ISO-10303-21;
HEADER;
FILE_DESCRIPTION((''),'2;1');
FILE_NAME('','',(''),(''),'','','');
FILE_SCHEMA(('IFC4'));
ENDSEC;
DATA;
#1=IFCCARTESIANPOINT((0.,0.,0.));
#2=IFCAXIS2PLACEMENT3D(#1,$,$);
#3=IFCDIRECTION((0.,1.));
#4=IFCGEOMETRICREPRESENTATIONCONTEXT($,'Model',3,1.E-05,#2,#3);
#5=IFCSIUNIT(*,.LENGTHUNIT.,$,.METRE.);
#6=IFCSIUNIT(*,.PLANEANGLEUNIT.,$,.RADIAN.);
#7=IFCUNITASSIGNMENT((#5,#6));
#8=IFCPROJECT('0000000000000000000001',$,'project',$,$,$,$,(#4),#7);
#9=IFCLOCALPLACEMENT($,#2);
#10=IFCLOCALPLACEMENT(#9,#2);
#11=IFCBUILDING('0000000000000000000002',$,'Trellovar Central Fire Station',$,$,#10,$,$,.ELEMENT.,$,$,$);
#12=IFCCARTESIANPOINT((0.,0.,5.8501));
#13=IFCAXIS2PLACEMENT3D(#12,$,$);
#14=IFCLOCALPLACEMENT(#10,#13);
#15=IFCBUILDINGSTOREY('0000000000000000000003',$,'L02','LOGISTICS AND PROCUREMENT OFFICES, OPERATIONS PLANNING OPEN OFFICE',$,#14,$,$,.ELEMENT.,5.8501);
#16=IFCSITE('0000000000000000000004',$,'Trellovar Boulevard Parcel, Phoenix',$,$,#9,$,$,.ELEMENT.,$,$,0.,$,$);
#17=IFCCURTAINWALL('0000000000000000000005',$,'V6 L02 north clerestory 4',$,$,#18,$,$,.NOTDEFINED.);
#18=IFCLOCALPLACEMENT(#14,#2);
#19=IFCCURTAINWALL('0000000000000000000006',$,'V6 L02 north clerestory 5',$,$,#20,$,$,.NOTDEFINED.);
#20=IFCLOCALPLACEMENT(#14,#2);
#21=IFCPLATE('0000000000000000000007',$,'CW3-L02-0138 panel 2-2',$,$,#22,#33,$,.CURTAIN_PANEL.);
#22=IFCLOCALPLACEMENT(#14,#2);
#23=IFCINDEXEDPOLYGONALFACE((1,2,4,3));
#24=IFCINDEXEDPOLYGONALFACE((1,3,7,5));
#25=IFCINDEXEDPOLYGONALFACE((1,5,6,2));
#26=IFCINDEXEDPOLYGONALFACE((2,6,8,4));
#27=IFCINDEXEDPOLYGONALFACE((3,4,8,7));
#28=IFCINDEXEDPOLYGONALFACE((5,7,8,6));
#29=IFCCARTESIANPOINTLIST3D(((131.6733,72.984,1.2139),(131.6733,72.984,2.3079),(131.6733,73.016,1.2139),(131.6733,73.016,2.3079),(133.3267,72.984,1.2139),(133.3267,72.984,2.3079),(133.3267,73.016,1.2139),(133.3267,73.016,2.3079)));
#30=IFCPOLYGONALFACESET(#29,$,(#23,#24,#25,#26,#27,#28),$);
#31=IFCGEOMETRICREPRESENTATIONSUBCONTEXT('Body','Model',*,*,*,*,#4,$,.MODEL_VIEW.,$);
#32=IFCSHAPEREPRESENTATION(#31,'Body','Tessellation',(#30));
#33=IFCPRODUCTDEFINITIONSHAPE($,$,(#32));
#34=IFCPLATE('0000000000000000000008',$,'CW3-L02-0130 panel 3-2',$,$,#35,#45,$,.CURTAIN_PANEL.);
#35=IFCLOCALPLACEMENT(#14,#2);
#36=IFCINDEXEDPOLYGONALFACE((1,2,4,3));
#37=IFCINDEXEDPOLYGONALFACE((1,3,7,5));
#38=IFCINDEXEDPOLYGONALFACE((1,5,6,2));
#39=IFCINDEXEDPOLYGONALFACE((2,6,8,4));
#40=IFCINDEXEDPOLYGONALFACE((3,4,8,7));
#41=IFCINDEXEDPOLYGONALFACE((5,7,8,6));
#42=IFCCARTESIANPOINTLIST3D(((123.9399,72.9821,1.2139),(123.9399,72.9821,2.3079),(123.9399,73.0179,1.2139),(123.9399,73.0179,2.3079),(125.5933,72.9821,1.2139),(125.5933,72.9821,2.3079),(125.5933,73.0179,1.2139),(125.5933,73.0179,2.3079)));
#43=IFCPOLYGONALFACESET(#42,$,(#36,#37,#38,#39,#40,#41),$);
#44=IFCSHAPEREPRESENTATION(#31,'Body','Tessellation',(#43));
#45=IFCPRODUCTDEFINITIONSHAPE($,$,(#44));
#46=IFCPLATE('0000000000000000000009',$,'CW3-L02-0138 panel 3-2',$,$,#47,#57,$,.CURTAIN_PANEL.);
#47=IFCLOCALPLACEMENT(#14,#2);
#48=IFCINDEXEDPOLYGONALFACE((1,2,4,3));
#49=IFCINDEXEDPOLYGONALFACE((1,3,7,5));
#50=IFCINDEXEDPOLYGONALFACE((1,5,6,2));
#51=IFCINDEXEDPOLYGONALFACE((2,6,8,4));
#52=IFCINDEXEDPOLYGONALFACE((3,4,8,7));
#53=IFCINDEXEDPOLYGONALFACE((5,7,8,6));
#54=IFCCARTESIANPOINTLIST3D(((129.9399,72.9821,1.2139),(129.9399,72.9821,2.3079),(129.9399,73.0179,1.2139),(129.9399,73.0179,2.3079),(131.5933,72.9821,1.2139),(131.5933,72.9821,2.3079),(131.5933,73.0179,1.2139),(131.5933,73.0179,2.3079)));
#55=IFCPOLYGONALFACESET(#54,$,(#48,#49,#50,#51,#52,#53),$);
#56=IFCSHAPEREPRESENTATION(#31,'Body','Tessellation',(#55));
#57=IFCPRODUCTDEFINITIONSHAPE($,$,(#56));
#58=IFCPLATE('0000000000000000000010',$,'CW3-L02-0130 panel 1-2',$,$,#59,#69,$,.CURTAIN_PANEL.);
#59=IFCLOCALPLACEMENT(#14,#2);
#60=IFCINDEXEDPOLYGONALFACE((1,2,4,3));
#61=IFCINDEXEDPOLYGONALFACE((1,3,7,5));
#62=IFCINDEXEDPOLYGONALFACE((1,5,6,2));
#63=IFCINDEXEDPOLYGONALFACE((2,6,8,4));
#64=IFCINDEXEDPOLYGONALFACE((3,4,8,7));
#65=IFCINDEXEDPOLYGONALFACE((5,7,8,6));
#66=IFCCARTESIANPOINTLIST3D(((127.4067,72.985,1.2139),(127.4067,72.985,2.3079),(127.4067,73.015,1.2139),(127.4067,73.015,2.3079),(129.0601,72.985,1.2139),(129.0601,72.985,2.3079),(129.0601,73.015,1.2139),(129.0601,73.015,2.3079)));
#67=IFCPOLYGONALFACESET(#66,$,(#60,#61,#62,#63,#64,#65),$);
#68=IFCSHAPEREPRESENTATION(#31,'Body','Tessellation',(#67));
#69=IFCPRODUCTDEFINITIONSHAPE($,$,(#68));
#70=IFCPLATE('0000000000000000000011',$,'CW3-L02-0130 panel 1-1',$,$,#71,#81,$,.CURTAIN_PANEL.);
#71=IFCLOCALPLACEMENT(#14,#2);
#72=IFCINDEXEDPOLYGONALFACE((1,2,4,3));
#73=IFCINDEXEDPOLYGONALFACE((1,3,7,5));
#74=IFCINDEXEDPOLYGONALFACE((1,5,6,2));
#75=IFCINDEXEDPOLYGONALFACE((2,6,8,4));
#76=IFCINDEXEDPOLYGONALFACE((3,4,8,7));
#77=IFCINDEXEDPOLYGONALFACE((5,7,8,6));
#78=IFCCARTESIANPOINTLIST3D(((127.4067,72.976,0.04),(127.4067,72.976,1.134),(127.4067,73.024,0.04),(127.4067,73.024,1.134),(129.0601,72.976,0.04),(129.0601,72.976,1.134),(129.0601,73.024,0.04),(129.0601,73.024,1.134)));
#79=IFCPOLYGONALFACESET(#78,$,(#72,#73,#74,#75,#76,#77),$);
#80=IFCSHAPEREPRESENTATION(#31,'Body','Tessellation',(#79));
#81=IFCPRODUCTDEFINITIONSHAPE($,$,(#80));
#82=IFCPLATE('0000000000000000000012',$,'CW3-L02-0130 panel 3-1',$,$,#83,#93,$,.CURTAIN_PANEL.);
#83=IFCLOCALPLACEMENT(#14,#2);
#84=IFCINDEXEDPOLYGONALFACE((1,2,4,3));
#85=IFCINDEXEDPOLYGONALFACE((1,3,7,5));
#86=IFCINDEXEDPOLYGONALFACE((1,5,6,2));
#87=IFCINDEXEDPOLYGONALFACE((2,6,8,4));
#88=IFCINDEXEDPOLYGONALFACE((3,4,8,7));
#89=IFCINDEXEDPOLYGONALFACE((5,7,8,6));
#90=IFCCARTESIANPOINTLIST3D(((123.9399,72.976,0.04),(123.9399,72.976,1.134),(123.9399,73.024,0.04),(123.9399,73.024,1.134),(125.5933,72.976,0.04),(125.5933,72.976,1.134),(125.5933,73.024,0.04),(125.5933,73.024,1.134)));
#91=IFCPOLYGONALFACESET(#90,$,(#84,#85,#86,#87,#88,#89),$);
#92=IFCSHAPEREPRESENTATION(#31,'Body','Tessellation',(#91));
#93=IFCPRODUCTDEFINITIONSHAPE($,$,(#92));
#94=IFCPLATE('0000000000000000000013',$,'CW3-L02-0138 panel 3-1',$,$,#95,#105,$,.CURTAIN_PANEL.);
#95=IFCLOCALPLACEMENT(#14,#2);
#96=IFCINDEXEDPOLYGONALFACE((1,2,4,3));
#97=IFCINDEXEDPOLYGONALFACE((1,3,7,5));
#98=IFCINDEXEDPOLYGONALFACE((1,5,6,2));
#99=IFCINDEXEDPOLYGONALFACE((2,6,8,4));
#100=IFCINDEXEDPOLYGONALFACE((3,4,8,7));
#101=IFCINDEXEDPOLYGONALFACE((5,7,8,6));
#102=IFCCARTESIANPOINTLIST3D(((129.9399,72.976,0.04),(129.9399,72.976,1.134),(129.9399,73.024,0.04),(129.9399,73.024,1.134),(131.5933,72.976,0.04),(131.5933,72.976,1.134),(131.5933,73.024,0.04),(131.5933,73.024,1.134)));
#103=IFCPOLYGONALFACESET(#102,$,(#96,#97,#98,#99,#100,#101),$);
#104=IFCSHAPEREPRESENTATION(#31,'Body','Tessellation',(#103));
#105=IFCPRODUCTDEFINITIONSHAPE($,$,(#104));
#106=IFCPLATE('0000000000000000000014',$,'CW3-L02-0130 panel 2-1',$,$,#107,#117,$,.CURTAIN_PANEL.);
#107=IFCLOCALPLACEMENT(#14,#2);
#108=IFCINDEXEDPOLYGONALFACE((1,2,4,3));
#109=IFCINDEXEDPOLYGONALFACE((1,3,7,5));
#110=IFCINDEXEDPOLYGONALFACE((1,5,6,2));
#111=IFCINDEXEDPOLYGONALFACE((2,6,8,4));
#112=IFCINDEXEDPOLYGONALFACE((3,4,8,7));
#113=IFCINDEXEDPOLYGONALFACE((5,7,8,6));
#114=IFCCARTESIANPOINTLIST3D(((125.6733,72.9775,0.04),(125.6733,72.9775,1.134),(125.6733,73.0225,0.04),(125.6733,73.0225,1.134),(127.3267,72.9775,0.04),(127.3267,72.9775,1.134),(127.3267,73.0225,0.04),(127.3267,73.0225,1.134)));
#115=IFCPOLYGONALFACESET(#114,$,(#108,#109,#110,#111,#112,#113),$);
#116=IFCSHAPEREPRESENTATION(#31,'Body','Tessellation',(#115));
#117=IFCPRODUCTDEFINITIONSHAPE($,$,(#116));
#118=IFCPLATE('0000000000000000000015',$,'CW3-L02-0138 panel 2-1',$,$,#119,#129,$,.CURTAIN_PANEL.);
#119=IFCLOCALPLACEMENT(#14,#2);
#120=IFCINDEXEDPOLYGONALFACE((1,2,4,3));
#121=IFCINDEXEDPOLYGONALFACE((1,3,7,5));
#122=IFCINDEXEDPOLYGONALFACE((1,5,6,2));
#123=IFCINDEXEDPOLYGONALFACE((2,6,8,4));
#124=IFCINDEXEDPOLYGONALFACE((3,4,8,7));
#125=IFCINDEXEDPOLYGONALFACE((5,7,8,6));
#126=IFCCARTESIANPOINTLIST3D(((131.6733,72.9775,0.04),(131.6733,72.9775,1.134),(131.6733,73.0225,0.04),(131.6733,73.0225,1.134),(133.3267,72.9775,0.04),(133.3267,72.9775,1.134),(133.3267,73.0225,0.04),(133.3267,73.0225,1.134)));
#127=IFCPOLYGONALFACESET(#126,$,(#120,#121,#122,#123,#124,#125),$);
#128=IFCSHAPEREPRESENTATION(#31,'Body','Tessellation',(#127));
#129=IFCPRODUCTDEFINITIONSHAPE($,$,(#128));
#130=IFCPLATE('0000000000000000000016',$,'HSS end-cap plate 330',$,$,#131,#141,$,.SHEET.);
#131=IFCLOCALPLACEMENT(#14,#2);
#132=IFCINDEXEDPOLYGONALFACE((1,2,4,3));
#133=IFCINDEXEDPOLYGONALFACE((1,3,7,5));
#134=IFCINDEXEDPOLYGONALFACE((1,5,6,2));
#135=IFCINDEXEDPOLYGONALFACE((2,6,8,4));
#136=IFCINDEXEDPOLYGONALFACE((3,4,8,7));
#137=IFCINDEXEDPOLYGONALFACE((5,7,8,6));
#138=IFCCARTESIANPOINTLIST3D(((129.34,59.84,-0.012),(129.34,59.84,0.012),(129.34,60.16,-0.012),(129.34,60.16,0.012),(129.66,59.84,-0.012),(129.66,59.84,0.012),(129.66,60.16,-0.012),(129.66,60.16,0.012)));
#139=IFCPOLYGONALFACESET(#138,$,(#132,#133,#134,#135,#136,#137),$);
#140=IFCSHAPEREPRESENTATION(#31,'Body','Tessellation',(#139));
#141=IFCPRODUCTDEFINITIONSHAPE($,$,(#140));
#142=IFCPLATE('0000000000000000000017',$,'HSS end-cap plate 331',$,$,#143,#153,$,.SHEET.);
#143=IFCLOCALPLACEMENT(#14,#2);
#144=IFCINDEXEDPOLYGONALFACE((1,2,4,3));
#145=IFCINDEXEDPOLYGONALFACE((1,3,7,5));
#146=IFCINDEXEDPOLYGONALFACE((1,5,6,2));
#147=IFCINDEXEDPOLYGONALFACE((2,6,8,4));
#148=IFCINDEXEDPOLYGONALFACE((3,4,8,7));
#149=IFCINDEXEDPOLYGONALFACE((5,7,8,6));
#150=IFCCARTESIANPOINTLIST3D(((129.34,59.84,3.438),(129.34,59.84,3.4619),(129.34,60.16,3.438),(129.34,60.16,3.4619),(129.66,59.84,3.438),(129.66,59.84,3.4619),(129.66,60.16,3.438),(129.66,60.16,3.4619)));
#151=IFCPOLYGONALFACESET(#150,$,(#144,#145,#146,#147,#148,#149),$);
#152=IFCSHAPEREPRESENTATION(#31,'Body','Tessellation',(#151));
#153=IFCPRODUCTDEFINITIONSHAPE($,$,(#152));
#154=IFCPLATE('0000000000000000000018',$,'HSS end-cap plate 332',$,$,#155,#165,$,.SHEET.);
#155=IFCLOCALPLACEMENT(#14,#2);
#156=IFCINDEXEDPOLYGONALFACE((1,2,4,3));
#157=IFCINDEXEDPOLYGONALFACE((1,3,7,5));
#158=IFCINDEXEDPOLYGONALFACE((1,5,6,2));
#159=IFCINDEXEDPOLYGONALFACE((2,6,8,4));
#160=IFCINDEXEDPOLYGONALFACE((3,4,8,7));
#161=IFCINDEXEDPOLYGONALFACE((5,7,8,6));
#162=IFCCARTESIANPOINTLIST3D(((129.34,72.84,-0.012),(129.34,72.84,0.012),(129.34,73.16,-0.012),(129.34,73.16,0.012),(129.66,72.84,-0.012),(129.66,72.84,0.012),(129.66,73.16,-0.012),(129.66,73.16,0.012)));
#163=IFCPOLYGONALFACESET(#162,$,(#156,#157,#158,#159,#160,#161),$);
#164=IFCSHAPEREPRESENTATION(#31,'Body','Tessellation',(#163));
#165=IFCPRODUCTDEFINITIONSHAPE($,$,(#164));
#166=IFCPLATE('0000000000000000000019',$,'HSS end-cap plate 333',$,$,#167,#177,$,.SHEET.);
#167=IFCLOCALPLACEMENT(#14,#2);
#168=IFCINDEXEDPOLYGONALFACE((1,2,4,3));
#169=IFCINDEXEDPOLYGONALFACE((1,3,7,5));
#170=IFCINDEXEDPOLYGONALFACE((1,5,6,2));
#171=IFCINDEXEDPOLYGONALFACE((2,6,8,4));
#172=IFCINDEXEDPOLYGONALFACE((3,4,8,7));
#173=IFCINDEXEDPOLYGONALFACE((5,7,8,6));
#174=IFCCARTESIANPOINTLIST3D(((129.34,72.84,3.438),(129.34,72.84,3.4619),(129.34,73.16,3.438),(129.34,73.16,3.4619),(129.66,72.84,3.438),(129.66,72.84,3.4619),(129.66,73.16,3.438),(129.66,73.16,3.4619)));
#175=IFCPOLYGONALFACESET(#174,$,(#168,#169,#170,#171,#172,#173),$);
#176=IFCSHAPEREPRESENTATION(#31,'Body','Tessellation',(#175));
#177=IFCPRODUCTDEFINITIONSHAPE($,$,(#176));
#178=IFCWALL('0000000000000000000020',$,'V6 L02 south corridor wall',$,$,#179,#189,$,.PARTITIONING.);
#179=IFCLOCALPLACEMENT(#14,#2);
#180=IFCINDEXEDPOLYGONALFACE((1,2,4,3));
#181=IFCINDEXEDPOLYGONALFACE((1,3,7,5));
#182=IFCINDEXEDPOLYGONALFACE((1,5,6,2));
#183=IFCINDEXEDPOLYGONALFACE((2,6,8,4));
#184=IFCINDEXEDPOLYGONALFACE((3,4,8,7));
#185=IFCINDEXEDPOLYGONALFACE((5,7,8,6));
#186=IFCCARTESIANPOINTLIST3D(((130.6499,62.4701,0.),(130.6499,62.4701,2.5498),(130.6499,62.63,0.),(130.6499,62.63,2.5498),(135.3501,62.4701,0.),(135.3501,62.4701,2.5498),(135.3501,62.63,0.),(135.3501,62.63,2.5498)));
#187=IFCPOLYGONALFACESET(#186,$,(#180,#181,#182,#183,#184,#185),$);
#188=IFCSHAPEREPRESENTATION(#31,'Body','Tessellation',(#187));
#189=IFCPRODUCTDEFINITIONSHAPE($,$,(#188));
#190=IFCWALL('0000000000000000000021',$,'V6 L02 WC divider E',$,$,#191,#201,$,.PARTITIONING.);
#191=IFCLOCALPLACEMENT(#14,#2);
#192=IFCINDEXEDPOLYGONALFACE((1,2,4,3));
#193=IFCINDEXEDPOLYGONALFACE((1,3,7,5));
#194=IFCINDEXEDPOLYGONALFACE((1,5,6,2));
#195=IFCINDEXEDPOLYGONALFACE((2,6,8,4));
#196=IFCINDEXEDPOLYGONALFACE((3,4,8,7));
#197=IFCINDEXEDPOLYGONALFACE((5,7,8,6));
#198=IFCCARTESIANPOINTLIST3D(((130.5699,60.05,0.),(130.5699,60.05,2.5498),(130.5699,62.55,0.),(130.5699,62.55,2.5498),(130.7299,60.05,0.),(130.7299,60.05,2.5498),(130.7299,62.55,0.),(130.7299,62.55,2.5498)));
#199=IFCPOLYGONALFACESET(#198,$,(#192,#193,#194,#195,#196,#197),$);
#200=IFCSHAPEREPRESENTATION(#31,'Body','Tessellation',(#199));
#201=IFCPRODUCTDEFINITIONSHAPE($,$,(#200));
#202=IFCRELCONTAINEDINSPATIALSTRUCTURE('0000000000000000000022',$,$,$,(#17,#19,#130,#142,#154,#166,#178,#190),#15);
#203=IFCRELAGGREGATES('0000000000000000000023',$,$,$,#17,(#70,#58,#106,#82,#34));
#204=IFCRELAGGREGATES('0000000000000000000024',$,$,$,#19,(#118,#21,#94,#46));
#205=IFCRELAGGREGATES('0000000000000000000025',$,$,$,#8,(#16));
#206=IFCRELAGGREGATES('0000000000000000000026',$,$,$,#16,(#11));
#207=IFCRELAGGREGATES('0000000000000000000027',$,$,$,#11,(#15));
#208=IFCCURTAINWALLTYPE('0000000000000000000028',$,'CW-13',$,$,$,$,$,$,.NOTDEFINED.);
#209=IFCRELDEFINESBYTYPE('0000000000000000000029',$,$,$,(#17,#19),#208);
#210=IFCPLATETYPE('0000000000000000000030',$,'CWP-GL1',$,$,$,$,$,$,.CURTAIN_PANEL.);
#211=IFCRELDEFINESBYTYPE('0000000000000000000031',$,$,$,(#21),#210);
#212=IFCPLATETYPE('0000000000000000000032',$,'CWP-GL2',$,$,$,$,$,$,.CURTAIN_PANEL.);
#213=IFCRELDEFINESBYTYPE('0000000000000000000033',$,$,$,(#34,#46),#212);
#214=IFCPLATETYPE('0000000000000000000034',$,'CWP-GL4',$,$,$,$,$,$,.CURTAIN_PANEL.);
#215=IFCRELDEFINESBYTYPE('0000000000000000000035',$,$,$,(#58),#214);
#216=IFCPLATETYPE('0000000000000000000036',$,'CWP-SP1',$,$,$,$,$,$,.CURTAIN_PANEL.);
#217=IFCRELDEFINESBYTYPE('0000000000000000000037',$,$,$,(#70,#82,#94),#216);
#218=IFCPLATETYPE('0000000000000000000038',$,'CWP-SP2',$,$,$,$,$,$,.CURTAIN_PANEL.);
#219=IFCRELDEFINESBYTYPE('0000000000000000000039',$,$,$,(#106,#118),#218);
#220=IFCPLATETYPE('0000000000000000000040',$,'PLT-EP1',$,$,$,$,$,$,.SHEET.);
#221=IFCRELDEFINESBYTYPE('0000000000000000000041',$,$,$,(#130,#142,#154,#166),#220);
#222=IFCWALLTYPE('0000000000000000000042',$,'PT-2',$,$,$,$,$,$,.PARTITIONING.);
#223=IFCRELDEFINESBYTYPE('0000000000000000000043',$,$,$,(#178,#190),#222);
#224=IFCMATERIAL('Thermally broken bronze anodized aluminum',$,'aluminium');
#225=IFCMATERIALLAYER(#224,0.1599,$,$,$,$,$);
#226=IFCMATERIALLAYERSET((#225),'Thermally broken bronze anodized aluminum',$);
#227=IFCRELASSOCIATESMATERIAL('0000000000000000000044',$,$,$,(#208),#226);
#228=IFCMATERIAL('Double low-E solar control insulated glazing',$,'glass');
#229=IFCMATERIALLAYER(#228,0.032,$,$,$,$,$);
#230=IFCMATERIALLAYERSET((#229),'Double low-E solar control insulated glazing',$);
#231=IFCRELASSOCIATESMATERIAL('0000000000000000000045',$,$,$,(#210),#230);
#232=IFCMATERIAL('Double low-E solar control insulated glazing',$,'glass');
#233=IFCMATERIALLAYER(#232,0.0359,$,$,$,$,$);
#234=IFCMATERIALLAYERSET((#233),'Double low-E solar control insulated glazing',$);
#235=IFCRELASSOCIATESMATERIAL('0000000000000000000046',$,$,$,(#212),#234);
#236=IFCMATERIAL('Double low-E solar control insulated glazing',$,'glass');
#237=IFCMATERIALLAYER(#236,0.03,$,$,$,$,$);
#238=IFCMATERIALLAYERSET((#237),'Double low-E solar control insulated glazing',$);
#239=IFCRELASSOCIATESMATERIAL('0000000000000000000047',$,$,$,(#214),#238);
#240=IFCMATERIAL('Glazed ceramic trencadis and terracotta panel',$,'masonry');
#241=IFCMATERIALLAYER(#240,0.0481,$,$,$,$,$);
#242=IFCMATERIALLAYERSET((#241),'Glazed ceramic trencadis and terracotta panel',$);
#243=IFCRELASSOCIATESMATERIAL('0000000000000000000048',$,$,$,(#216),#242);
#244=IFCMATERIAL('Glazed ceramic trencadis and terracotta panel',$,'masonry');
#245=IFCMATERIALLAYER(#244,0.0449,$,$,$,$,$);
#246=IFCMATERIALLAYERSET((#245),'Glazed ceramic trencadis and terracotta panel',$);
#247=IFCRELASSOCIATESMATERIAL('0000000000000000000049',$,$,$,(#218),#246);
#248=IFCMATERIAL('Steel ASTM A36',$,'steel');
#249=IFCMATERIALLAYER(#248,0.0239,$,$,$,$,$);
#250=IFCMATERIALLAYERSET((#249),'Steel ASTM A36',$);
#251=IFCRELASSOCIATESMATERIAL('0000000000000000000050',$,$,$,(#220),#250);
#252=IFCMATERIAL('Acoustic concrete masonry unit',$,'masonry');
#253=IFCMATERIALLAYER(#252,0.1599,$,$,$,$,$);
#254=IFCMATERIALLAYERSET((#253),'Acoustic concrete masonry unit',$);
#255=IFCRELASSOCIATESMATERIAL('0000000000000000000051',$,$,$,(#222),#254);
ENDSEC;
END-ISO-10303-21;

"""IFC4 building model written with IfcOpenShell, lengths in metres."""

from ifc_helpers import new_model, si_unit, direction, frame, frame_2d, origin, origin_2d, place, context, subcontext, project, spatial, rectangle, extrude, material, layer, layer_set, type_object, element, aggregate, save


model = new_model("IFC4")

# Units and contexts
model_context = context("Model", 3, precision=1e-05, world=origin(), true_north=direction((0.0, 1.0)))
body_context = subcontext(model_context, "Body", "Model", "MODEL_VIEW")
ifc_project = project(units=[si_unit("LENGTHUNIT", "METRE"), si_unit("PLANEANGLEUNIT", "RADIAN")], contexts=[model_context])

# Site, building, storey
site_placement = place(None, origin())
site = spatial("IfcSite", under=ifc_project, at=site_placement, Name="Trellovar Boulevard Parcel, Phoenix", CompositionType="ELEMENT", RefElevation=0.0)
building_placement = place(site_placement, origin())
building = spatial("IfcBuilding", under=site, at=building_placement, Name="Trellovar Central Fire Station", CompositionType="ELEMENT")
storey_placement = place(building_placement, frame((0.0, 0.0, 5.8501)))
storey = spatial("IfcBuildingStorey", under=building, at=storey_placement, Name="L02", Description="LOGISTICS AND PROCUREMENT OFFICES, OPERATIONS PLANNING OPEN OFFICE", CompositionType="ELEMENT", Elevation=5.8501)

# Curtain walls
ifc_material_1 = material(Name="Thermally broken bronze anodized aluminum", Category="aluminium")
ifc_layer_1 = layer(ifc_material_1, 0.1599)
ifc_layer_set_1 = layer_set([ifc_layer_1], Name="Thermally broken bronze anodized aluminum")
curtain_wall_type = type_object("IfcCurtainWallType", Name="CW-13", PredefinedType="NOTDEFINED", material=ifc_layer_set_1)
curtain_wall_1_placement = place(storey_placement, origin())
curtain_wall_1 = element("IfcCurtainWall", 1, at=curtain_wall_1_placement, inside=storey, type_object=curtain_wall_type, Name="V6 L02 north clerestory 4", PredefinedType="NOTDEFINED")
curtain_wall_2_placement = place(storey_placement, origin())
curtain_wall_2 = element("IfcCurtainWall", 2, at=curtain_wall_2_placement, inside=storey, type_object=curtain_wall_type, Name="V6 L02 north clerestory 5", PredefinedType="NOTDEFINED")

# Plates
ifc_material_2 = material(Name="Double low-E solar control insulated glazing", Category="glass")
ifc_layer_2 = layer(ifc_material_2, 0.032)
ifc_layer_set_2 = layer_set([ifc_layer_2], Name="Double low-E solar control insulated glazing")
plate_type_1 = type_object("IfcPlateType", Name="CWP-GL1", PredefinedType="CURTAIN_PANEL", material=ifc_layer_set_2)
plate_1_placement = place(storey_placement, frame((132.5, 73.0, 1.2139), z_axis=(0.0, 0.0, 1.0), x_axis=(-1.0, 0.0, 0.0)))
plate_1 = element("IfcPlate", 3, at=plate_1_placement, type_object=plate_type_1, Name="CW3-L02-0138 panel 2-2", PredefinedType="CURTAIN_PANEL", context=body_context, shape_type="SweptSolid", body=[
    extrude(rectangle(XDim=1.6533, YDim=0.032, at=origin_2d()), origin(), (0.0, 0.0, 1.0), 1.094),
])
ifc_material_3 = material(Name="Double low-E solar control insulated glazing", Category="glass")
ifc_layer_3 = layer(ifc_material_3, 0.0359)
ifc_layer_set_3 = layer_set([ifc_layer_3], Name="Double low-E solar control insulated glazing")
plate_type_2 = type_object("IfcPlateType", Name="CWP-GL2", PredefinedType="CURTAIN_PANEL", material=ifc_layer_set_3)
plate_2_placement = place(storey_placement, frame((124.7666, 73.0, 1.2139), z_axis=(0.0, 0.0, 1.0), x_axis=(-1.0, 0.0, 0.0)))
plate_2 = element("IfcPlate", 4, at=plate_2_placement, type_object=plate_type_2, Name="CW3-L02-0130 panel 3-2", PredefinedType="CURTAIN_PANEL", context=body_context, shape_type="SweptSolid", body=[
    extrude(rectangle(XDim=1.6533, YDim=0.0359, at=origin_2d()), origin(), (0.0, 0.0, 1.0), 1.094),
])
plate_3_placement = place(storey_placement, frame((130.7666, 73.0, 1.2139), z_axis=(0.0, 0.0, 1.0), x_axis=(-1.0, 0.0, 0.0)))
plate_3 = element("IfcPlate", 5, at=plate_3_placement, type_object=plate_type_2, Name="CW3-L02-0138 panel 3-2", PredefinedType="CURTAIN_PANEL", context=body_context, shape_type="SweptSolid", body=[
    extrude(rectangle(XDim=1.6533, YDim=0.0359, at=origin_2d()), origin(), (0.0, 0.0, 1.0), 1.094),
])
ifc_material_4 = material(Name="Double low-E solar control insulated glazing", Category="glass")
ifc_layer_4 = layer(ifc_material_4, 0.03)
ifc_layer_set_4 = layer_set([ifc_layer_4], Name="Double low-E solar control insulated glazing")
plate_type_3 = type_object("IfcPlateType", Name="CWP-GL4", PredefinedType="CURTAIN_PANEL", material=ifc_layer_set_4)
plate_4_placement = place(storey_placement, frame((128.2334, 73.0, 1.2139), z_axis=(0.0, 0.0, 1.0), x_axis=(-1.0, 0.0, 0.0)))
plate_4 = element("IfcPlate", 6, at=plate_4_placement, type_object=plate_type_3, Name="CW3-L02-0130 panel 1-2", PredefinedType="CURTAIN_PANEL", context=body_context, shape_type="SweptSolid", body=[
    extrude(rectangle(XDim=1.6533, YDim=0.03, at=origin_2d()), origin(), (0.0, 0.0, 1.0), 1.094),
])
ifc_material_5 = material(Name="Glazed ceramic trencadis and terracotta panel", Category="masonry")
ifc_layer_5 = layer(ifc_material_5, 0.0481)
ifc_layer_set_5 = layer_set([ifc_layer_5], Name="Glazed ceramic trencadis and terracotta panel")
plate_type_4 = type_object("IfcPlateType", Name="CWP-SP1", PredefinedType="CURTAIN_PANEL", material=ifc_layer_set_5)
plate_5_placement = place(storey_placement, frame((128.2334, 73.0, 0.04), z_axis=(0.0, 0.0, 1.0), x_axis=(-1.0, 0.0, 0.0)))
plate_5 = element("IfcPlate", 7, at=plate_5_placement, type_object=plate_type_4, Name="CW3-L02-0130 panel 1-1", PredefinedType="CURTAIN_PANEL", context=body_context, shape_type="SweptSolid", body=[
    extrude(rectangle(XDim=1.6533, YDim=0.0481, at=origin_2d()), origin(), (0.0, 0.0, 1.0), 1.094),
])
plate_6_placement = place(storey_placement, frame((124.7666, 73.0, 0.04), z_axis=(0.0, 0.0, 1.0), x_axis=(-1.0, 0.0, 0.0)))
plate_6 = element("IfcPlate", 8, at=plate_6_placement, type_object=plate_type_4, Name="CW3-L02-0130 panel 3-1", PredefinedType="CURTAIN_PANEL", context=body_context, shape_type="SweptSolid", body=[
    extrude(rectangle(XDim=1.6533, YDim=0.0481, at=origin_2d()), origin(), (0.0, 0.0, 1.0), 1.094),
])
plate_7_placement = place(storey_placement, frame((130.7666, 73.0, 0.04), z_axis=(0.0, 0.0, 1.0), x_axis=(-1.0, 0.0, 0.0)))
plate_7 = element("IfcPlate", 9, at=plate_7_placement, type_object=plate_type_4, Name="CW3-L02-0138 panel 3-1", PredefinedType="CURTAIN_PANEL", context=body_context, shape_type="SweptSolid", body=[
    extrude(rectangle(XDim=1.6533, YDim=0.0481, at=origin_2d()), origin(), (0.0, 0.0, 1.0), 1.094),
])
ifc_material_6 = material(Name="Glazed ceramic trencadis and terracotta panel", Category="masonry")
ifc_layer_6 = layer(ifc_material_6, 0.0449)
ifc_layer_set_6 = layer_set([ifc_layer_6], Name="Glazed ceramic trencadis and terracotta panel")
plate_type_5 = type_object("IfcPlateType", Name="CWP-SP2", PredefinedType="CURTAIN_PANEL", material=ifc_layer_set_6)
plate_8_placement = place(storey_placement, frame((126.5, 73.0, 0.04), z_axis=(0.0, 0.0, 1.0), x_axis=(-1.0, 0.0, 0.0)))
plate_8 = element("IfcPlate", 10, at=plate_8_placement, type_object=plate_type_5, Name="CW3-L02-0130 panel 2-1", PredefinedType="CURTAIN_PANEL", context=body_context, shape_type="SweptSolid", body=[
    extrude(rectangle(XDim=1.6533, YDim=0.0449, at=origin_2d()), origin(), (0.0, 0.0, 1.0), 1.094),
])
aggregate(curtain_wall_1, [plate_5, plate_4, plate_8, plate_6, plate_2])
plate_9_placement = place(storey_placement, frame((132.5, 73.0, 0.04), z_axis=(0.0, 0.0, 1.0), x_axis=(-1.0, 0.0, 0.0)))
plate_9 = element("IfcPlate", 11, at=plate_9_placement, type_object=plate_type_5, Name="CW3-L02-0138 panel 2-1", PredefinedType="CURTAIN_PANEL", context=body_context, shape_type="SweptSolid", body=[
    extrude(rectangle(XDim=1.6533, YDim=0.0449, at=origin_2d()), origin(), (0.0, 0.0, 1.0), 1.094),
])
aggregate(curtain_wall_2, [plate_9, plate_1, plate_7, plate_3])

# Plates
ifc_material_7 = material(Name="Steel ASTM A36", Category="steel")
ifc_layer_7 = layer(ifc_material_7, 0.0239)
ifc_layer_set_7 = layer_set([ifc_layer_7], Name="Steel ASTM A36")
plate_type_6 = type_object("IfcPlateType", Name="PLT-EP1", PredefinedType="SHEET", material=ifc_layer_set_7)
for number, where, z_axis, x_axis, name in (
    (12, (129.5, 60.0, -0.012), (0.0, 0.0, 1.0), (1.0, 0.0, 0.0), "HSS end-cap plate 330"),
    (13, (129.5, 60.0, 3.438), (0.0, 0.0, 1.0), (1.0, 0.0, 0.0), "HSS end-cap plate 331"),
    (14, (129.5, 73.0, -0.012), (0.0, 0.0, 1.0), (1.0, 0.0, 0.0), "HSS end-cap plate 332"),
    (15, (129.5, 73.0, 3.438), (0.0, 0.0, 1.0), (1.0, 0.0, 0.0), "HSS end-cap plate 333"),
):
    element("IfcPlate", number, at=place(storey_placement, frame(where, z_axis=z_axis, x_axis=x_axis)), inside=storey, type_object=plate_type_6, Name=name, PredefinedType="SHEET", context=body_context, shape_type="SweptSolid", body=[
        extrude(rectangle(XDim=0.3201, YDim=0.3201, at=origin_2d()), origin(), (0.0, 0.0, 1.0), 0.0239),
    ])

# Walls
ifc_material_8 = material(Name="Acoustic concrete masonry unit", Category="masonry")
ifc_layer_8 = layer(ifc_material_8, 0.1599)
ifc_layer_set_8 = layer_set([ifc_layer_8], Name="Acoustic concrete masonry unit")
wall_type_1 = type_object("IfcWallType", Name="PT-2", PredefinedType="PARTITIONING", material=ifc_layer_set_8)
wall_1_placement = place(storey_placement, frame((130.6499, 62.55, 0.0), z_axis=(0.0, 0.0, 1.0), x_axis=(1.0, 0.0, 0.0)))
element("IfcWall", 16, at=wall_1_placement, inside=storey, type_object=wall_type_1, Name="V6 L02 south corridor wall", PredefinedType="PARTITIONING", context=body_context, shape_type="SweptSolid", body=[
    extrude(rectangle(XDim=4.7002, YDim=0.1599, at=frame_2d((2.3501, 0.0))), origin(), (0.0, 0.0, 1.0), 2.5498),
])
wall_2_placement = place(storey_placement, frame((130.6499, 60.05, 0.0), z_axis=(0.0, 0.0, 1.0), x_axis=(0.0, 1.0, 0.0)))
element("IfcWall", 17, at=wall_2_placement, inside=storey, type_object=wall_type_1, Name="V6 L02 WC divider E", PredefinedType="PARTITIONING", context=body_context, shape_type="SweptSolid", body=[
    extrude(rectangle(XDim=2.5, YDim=0.1599, at=frame_2d((1.25, 0.0))), origin(), (0.0, 0.0, 1.0), 2.5498),
])

save(model, "model.ifc")
